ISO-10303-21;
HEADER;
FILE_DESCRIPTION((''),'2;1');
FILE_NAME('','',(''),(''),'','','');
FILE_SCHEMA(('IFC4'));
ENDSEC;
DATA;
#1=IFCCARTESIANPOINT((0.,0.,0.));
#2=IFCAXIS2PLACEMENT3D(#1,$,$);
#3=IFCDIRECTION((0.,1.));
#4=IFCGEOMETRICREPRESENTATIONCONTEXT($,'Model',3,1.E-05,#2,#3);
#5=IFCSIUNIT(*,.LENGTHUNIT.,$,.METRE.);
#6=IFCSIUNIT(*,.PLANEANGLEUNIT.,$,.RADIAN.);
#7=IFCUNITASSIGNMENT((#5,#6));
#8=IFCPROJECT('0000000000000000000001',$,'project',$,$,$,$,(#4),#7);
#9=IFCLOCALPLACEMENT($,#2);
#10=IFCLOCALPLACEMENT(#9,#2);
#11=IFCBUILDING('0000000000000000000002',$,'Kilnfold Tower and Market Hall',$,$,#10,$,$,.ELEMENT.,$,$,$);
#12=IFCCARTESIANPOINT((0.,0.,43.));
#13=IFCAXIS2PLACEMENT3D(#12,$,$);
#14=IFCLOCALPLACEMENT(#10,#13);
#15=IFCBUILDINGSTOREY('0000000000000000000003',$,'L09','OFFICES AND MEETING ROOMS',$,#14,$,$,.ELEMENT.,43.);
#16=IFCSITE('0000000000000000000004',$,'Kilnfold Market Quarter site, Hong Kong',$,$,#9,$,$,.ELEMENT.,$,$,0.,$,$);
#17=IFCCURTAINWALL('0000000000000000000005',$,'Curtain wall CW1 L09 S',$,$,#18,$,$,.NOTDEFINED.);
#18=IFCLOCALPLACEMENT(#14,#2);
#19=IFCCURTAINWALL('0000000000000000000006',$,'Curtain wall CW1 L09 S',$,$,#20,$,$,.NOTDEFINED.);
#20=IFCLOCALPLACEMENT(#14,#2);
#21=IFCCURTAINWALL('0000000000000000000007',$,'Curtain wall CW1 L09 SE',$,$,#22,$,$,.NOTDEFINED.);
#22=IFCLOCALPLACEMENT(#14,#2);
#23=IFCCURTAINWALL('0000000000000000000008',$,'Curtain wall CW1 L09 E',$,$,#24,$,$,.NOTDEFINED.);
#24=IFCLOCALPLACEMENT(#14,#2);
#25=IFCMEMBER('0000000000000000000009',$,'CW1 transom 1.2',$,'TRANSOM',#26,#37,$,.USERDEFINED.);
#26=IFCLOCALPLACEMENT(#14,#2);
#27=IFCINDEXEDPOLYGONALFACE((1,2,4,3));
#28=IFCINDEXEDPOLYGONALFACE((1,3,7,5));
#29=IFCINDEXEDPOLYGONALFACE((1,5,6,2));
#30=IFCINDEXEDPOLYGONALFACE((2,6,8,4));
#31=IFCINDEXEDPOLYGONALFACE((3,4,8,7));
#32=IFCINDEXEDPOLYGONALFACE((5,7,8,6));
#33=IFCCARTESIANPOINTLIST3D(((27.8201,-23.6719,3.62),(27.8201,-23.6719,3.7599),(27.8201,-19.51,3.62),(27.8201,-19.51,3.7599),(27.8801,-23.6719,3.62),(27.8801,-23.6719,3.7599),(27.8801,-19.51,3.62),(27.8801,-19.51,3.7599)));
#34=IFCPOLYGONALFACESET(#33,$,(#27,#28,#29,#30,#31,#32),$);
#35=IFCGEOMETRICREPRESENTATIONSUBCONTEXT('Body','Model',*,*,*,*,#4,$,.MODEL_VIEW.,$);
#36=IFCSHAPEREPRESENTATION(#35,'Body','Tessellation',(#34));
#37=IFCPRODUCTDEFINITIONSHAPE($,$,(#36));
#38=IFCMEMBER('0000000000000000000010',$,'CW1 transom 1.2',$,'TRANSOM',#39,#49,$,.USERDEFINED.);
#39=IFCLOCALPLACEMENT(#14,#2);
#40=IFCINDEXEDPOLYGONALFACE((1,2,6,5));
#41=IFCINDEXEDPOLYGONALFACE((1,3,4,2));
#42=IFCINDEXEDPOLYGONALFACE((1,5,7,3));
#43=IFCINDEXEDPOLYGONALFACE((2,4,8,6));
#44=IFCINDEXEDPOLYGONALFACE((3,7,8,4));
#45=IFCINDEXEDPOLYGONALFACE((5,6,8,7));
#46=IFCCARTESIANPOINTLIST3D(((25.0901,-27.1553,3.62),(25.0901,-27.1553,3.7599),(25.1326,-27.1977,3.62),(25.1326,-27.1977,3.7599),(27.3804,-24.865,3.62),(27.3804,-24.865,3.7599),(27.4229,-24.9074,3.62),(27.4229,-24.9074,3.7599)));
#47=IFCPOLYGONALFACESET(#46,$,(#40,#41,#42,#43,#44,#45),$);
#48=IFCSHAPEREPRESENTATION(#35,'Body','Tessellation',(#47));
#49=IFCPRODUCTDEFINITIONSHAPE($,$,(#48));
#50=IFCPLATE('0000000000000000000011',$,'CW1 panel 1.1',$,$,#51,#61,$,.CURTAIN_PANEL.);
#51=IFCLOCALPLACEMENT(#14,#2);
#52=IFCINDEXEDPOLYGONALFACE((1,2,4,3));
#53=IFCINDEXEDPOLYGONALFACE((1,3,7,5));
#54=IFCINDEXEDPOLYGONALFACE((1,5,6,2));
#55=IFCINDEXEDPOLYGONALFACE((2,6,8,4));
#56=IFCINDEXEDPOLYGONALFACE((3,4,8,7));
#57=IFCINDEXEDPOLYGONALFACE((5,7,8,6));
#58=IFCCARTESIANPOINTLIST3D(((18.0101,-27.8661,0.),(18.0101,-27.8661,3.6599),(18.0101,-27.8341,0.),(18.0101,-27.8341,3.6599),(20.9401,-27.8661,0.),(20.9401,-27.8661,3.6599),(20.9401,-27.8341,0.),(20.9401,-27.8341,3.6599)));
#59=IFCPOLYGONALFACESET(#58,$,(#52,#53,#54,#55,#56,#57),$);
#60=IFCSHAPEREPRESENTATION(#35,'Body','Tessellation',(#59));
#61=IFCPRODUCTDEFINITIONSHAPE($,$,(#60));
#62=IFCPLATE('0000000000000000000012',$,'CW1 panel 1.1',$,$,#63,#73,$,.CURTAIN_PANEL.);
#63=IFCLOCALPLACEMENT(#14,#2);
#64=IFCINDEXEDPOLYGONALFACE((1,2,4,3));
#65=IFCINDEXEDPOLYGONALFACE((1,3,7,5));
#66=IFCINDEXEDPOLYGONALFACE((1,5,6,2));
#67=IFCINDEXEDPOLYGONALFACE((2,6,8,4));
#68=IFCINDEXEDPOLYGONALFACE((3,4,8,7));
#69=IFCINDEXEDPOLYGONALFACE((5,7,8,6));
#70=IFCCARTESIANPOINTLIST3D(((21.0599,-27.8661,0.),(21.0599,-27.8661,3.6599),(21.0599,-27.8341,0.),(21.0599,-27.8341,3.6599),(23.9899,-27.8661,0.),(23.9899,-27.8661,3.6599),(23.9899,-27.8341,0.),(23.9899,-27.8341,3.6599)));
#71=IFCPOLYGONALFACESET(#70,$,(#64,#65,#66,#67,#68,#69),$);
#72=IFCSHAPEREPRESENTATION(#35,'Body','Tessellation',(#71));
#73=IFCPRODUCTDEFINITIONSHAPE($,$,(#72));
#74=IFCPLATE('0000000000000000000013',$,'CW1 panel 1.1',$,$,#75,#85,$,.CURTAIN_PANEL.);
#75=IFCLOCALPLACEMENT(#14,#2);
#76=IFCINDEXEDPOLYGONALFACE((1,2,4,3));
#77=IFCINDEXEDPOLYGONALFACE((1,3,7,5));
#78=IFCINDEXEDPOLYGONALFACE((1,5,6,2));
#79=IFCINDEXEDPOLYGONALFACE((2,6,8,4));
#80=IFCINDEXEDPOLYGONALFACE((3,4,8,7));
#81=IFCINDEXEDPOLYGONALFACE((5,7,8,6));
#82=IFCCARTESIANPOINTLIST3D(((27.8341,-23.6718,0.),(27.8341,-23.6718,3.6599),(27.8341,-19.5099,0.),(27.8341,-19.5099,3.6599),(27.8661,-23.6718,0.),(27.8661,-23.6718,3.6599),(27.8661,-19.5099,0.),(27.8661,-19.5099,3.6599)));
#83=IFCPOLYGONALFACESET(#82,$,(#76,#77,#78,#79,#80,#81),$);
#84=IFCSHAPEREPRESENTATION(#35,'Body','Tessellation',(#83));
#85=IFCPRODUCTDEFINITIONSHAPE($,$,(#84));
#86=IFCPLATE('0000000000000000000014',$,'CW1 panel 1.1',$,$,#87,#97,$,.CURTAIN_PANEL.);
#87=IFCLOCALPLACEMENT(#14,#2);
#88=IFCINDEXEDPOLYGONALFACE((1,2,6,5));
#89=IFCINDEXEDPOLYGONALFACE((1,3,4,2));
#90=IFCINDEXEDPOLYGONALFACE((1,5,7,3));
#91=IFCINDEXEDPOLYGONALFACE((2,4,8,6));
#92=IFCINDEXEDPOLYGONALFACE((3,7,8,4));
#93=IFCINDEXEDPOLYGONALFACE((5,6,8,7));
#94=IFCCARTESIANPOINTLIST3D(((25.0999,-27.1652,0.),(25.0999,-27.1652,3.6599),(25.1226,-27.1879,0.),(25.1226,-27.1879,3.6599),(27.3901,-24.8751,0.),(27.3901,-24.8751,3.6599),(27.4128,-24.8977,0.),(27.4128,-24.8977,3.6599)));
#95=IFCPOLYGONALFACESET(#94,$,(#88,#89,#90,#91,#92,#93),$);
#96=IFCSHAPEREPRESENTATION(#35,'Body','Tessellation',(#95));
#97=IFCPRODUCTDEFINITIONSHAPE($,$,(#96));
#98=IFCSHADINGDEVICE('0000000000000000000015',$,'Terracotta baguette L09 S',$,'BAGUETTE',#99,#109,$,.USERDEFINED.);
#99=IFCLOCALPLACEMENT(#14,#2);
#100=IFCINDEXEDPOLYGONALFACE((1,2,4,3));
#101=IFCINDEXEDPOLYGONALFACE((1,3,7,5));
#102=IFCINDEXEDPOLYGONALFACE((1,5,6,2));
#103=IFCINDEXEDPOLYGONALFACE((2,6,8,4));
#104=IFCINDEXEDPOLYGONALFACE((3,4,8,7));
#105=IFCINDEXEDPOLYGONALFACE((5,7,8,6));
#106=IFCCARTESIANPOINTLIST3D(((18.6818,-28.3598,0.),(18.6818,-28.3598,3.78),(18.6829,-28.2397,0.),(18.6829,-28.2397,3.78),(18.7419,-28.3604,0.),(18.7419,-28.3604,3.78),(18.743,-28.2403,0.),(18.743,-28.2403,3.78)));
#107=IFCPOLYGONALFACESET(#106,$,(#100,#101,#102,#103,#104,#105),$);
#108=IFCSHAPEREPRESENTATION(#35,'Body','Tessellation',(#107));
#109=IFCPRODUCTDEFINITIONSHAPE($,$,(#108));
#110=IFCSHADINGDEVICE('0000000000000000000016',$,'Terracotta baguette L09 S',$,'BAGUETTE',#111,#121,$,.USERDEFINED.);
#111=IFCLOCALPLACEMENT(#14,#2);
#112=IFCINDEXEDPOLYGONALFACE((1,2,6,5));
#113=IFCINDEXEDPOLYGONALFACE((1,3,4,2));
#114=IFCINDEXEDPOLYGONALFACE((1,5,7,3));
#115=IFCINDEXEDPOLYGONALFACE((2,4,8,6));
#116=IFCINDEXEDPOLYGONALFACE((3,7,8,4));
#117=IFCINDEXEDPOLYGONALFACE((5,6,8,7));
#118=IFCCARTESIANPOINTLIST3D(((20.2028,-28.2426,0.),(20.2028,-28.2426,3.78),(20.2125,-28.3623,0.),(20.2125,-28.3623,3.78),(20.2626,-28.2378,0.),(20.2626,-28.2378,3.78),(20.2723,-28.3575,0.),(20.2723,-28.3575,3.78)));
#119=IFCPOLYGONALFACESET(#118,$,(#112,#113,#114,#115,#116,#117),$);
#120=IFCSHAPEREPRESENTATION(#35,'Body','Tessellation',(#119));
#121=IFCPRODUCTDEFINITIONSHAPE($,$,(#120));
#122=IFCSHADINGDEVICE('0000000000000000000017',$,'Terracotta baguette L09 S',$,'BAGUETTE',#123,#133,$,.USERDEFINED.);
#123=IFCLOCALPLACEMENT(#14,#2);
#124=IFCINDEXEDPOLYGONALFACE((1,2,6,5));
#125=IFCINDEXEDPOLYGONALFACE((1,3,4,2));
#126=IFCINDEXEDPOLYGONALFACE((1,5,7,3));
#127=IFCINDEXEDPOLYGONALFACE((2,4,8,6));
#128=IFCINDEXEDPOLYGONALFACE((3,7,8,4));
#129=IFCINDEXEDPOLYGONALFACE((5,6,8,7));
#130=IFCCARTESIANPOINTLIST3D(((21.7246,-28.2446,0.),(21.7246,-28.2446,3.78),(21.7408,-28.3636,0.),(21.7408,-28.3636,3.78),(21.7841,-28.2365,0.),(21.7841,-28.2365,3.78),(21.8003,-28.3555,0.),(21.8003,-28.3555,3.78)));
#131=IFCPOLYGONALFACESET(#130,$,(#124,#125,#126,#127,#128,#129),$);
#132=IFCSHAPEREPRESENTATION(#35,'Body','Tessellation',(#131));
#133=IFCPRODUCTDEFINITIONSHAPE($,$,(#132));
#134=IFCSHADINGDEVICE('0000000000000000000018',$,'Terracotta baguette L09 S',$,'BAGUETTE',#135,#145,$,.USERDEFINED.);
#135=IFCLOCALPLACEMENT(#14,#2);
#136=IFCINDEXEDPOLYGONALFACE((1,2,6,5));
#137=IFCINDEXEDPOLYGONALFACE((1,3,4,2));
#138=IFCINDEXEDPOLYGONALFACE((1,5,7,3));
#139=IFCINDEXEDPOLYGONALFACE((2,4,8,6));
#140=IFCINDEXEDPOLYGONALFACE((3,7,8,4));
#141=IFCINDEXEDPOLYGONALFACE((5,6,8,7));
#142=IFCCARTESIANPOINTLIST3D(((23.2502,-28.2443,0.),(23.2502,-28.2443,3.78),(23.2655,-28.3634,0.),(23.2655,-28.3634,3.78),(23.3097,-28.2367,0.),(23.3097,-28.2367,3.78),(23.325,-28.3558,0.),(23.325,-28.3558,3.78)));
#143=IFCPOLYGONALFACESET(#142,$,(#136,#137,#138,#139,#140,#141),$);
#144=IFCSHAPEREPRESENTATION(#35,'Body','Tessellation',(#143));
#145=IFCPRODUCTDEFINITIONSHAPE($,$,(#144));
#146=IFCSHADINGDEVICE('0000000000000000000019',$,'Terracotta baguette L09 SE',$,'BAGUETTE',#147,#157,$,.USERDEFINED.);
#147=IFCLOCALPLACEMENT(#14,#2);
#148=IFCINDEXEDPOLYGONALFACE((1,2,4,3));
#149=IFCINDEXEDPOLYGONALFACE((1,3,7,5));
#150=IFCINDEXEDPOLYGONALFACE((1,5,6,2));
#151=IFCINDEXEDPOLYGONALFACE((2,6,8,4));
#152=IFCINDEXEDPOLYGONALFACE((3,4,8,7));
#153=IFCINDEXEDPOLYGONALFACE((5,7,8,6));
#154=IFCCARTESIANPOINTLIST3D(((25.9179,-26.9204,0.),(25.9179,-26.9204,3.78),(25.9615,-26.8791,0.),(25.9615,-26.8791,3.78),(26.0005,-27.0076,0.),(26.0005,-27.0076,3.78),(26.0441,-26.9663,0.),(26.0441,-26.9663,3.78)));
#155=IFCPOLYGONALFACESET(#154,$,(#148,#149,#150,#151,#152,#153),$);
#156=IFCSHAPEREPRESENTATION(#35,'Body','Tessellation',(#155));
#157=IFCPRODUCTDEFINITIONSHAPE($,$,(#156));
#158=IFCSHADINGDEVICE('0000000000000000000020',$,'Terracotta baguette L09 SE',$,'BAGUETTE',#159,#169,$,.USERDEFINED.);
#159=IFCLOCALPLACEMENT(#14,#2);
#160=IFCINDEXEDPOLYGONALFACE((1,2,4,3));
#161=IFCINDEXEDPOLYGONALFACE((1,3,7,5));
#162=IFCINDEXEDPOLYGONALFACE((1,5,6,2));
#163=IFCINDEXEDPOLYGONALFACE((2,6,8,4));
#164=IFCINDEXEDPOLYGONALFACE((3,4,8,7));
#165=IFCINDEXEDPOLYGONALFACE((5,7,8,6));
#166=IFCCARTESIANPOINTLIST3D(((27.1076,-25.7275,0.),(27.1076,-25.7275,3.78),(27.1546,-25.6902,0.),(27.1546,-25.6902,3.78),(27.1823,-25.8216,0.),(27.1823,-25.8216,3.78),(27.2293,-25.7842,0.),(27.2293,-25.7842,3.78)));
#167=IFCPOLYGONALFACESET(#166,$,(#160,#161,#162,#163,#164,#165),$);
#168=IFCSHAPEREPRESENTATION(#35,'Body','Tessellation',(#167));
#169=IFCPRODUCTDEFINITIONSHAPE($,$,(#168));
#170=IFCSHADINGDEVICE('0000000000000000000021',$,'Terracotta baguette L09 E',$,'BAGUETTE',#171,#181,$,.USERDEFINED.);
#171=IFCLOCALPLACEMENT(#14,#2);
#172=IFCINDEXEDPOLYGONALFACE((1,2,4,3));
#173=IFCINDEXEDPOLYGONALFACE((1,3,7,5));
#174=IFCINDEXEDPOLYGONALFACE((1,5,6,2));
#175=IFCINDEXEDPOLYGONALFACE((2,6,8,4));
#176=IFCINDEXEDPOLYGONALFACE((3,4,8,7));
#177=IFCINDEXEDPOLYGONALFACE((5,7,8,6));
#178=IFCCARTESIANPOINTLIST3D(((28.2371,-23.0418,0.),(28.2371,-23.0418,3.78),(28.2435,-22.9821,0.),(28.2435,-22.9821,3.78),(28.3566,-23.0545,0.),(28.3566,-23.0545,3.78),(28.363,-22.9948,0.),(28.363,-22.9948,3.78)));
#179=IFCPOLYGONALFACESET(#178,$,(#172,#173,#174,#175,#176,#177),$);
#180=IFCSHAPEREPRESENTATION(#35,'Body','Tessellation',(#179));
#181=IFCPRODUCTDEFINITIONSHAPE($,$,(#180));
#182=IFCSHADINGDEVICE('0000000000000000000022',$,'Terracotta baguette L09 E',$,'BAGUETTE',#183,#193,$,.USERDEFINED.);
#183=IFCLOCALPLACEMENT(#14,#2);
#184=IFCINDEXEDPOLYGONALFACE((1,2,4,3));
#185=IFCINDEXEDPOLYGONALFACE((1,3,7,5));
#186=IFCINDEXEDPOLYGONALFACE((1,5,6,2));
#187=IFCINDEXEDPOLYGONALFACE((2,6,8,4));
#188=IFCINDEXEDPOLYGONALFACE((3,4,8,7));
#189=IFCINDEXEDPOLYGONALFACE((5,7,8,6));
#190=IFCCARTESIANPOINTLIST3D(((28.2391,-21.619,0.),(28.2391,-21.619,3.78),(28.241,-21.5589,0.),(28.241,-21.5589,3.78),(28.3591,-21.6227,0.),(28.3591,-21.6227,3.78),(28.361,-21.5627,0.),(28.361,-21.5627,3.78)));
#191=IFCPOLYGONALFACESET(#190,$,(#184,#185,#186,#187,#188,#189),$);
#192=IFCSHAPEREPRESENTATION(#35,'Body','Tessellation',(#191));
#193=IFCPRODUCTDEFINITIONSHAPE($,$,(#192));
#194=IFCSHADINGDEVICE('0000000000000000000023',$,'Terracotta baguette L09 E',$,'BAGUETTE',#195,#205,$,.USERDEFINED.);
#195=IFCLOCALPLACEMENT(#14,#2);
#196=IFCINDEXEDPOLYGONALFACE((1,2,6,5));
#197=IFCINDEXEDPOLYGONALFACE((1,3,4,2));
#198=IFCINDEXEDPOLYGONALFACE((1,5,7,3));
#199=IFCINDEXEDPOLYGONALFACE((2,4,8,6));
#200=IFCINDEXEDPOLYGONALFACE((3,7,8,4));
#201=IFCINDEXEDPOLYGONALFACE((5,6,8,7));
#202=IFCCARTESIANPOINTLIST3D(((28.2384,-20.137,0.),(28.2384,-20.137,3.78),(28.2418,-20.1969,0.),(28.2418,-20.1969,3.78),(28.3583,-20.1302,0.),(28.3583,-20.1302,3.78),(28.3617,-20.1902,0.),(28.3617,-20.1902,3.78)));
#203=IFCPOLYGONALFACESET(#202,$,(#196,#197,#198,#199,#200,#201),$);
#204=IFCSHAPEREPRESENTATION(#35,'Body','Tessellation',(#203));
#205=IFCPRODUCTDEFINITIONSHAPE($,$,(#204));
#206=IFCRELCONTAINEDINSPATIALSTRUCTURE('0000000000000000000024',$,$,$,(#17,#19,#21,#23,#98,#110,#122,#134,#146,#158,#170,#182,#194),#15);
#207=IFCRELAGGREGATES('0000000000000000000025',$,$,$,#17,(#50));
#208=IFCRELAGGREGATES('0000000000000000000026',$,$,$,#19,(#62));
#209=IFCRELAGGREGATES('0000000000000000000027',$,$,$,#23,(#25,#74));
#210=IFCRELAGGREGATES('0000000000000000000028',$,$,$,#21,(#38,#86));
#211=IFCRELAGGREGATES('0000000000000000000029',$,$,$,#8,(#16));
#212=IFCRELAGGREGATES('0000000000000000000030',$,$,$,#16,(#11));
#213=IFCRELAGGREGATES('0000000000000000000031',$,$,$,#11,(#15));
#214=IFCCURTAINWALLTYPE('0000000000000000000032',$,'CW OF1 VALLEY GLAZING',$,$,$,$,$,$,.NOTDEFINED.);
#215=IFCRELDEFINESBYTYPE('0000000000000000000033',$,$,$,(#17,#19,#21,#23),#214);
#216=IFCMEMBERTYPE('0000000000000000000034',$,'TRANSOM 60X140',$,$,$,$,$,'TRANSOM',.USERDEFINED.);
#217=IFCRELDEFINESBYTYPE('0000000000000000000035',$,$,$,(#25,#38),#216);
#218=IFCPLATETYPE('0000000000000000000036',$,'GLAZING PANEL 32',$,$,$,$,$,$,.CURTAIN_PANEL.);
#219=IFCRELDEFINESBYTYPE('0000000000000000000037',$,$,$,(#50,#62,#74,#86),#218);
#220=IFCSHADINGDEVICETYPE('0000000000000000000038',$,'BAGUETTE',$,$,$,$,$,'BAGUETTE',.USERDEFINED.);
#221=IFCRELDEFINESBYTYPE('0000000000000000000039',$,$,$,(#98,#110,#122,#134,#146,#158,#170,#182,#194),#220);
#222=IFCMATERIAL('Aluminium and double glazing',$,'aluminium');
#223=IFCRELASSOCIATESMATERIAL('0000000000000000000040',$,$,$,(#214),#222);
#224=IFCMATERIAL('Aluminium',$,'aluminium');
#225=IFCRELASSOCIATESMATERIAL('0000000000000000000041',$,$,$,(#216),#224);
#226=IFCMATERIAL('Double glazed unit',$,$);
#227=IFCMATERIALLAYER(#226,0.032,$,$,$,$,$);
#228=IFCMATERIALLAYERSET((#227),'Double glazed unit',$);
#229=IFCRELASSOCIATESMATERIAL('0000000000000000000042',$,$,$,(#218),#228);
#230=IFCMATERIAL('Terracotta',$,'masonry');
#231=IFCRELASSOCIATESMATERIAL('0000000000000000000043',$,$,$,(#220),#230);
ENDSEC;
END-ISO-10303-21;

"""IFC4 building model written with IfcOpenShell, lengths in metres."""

from ifc_helpers import new_model, si_unit, direction, frame, origin, origin_2d, place, context, subcontext, project, spatial, rectangle, extrude, source, transform, mapped, material, layer, layer_set, material_profile, profile_set, type_object, element, aggregate, save


model = new_model("IFC4")

# Units and contexts
model_context = context("Model", 3, precision=1e-05, world=origin(), true_north=direction((0.0, 1.0)))
body_context = subcontext(model_context, "Body", "Model", "MODEL_VIEW")
ifc_project = project(units=[si_unit("LENGTHUNIT", "METRE"), si_unit("PLANEANGLEUNIT", "RADIAN")], contexts=[model_context])

# Site, building, storey
site_placement = place(None, origin())
site = spatial("IfcSite", under=ifc_project, at=site_placement, Name="Kilnfold Market Quarter site, Hong Kong", CompositionType="ELEMENT", RefElevation=0.0)
building_placement = place(site_placement, origin())
building = spatial("IfcBuilding", under=site, at=building_placement, Name="Kilnfold Tower and Market Hall", CompositionType="ELEMENT")
storey_placement = place(building_placement, frame((0.0, 0.0, 43.0)))
storey = spatial("IfcBuildingStorey", under=building, at=storey_placement, Name="L09", Description="OFFICES AND MEETING ROOMS", CompositionType="ELEMENT", Elevation=43.0)

# Curtain walls
ifc_material_1 = material(Name="Aluminium and double glazing", Category="aluminium")
curtain_wall_type = type_object("IfcCurtainWallType", Name="CW OF1 VALLEY GLAZING", PredefinedType="NOTDEFINED", material=ifc_material_1)
curtain_wall_1_placement = place(storey_placement, origin())
curtain_wall_1 = element("IfcCurtainWall", 1, at=curtain_wall_1_placement, inside=storey, type_object=curtain_wall_type, Name="Curtain wall CW1 L09 S", PredefinedType="NOTDEFINED")
curtain_wall_2_placement = place(storey_placement, origin())
curtain_wall_2 = element("IfcCurtainWall", 2, at=curtain_wall_2_placement, inside=storey, type_object=curtain_wall_type, Name="Curtain wall CW1 L09 S", PredefinedType="NOTDEFINED")
curtain_wall_3_placement = place(storey_placement, origin())
curtain_wall_3 = element("IfcCurtainWall", 3, at=curtain_wall_3_placement, inside=storey, type_object=curtain_wall_type, Name="Curtain wall CW1 L09 SE", PredefinedType="NOTDEFINED")
curtain_wall_4_placement = place(storey_placement, origin())
curtain_wall_4 = element("IfcCurtainWall", 4, at=curtain_wall_4_placement, inside=storey, type_object=curtain_wall_type, Name="Curtain wall CW1 L09 E", PredefinedType="NOTDEFINED")

# Members
ifc_material_2 = material(Name="Aluminium", Category="aluminium")
ifc_material_profile_1 = material_profile(ifc_material_2, rectangle(XDim=0.0601, YDim=0.1399, at=origin_2d()), Name="TRANSOM 60x140")
ifc_profile_set_1 = profile_set([ifc_material_profile_1], Name="Aluminium")
member_type_1 = type_object("IfcMemberType", Name="TRANSOM 60X140", ElementType="TRANSOM", PredefinedType="USERDEFINED", material=ifc_profile_set_1)
shared_shape_1 = source(origin(), body_context, "Body", "SweptSolid", [
    extrude(rectangle(XDim=0.0601, YDim=0.1399, at=origin_2d()), origin(), (0.0, 0.0, 1.0), 4.1619),
])
member_1_placement = place(storey_placement, frame((27.8501, -23.6719, 3.6899), z_axis=(0.0, 1.0, 0.0), x_axis=(-1.0, 0.0, 0.0)))
member_1 = element("IfcMember", 5, at=member_1_placement, type_object=member_type_1, Name="CW1 transom 1.2", ObjectType="TRANSOM", PredefinedType="USERDEFINED", context=body_context, shape_type="MappedRepresentation", body=[
    mapped(shared_shape_1, transform((0.0, 0.0, 0.0))),
])
shared_shape_2 = source(origin(), body_context, "Body", "SweptSolid", [
    extrude(rectangle(XDim=0.0601, YDim=0.1399, at=origin_2d()), origin(), (0.0, 0.0, 1.0), 3.239),
])
member_2_placement = place(storey_placement, frame((25.1113, -27.1765, 3.6899), z_axis=(0.707107, 0.707107, 0.0), x_axis=(-0.707107, 0.707107, 0.0)))
member_2 = element("IfcMember", 6, at=member_2_placement, type_object=member_type_1, Name="CW1 transom 1.2", ObjectType="TRANSOM", PredefinedType="USERDEFINED", context=body_context, shape_type="MappedRepresentation", body=[
    mapped(shared_shape_2, transform((0.0, 0.0, 0.0))),
])

# Plates
ifc_material_3 = material(Name="Double glazed unit")
ifc_layer = layer(ifc_material_3, 0.032)
ifc_layer_set = layer_set([ifc_layer], Name="Double glazed unit")
plate_type = type_object("IfcPlateType", Name="GLAZING PANEL 32", PredefinedType="CURTAIN_PANEL", material=ifc_layer_set)
shared_shape_3 = source(origin(), body_context, "Body", "SweptSolid", [
    extrude(rectangle(XDim=2.9299, YDim=0.032, at=origin_2d()), origin(), (0.0, 0.0, 1.0), 3.6599),
])
plate_1_placement = place(storey_placement, frame((19.4751, -27.8501, 0.0), z_axis=(0.0, 0.0, 1.0), x_axis=(1.0, 0.0, 0.0)))
plate_1 = element("IfcPlate", 7, at=plate_1_placement, type_object=plate_type, Name="CW1 panel 1.1", PredefinedType="CURTAIN_PANEL", context=body_context, shape_type="MappedRepresentation", body=[
    mapped(shared_shape_3, transform((0.0, 0.0, 0.0))),
])
aggregate(curtain_wall_1, [plate_1])
plate_2_placement = place(storey_placement, frame((22.5249, -27.8501, 0.0), z_axis=(0.0, 0.0, 1.0), x_axis=(1.0, 0.0, 0.0)))
plate_2 = element("IfcPlate", 8, at=plate_2_placement, type_object=plate_type, Name="CW1 panel 1.1", PredefinedType="CURTAIN_PANEL", context=body_context, shape_type="MappedRepresentation", body=[
    mapped(shared_shape_3, transform((0.0, 0.0, 0.0))),
])
aggregate(curtain_wall_2, [plate_2])
shared_shape_4 = source(origin(), body_context, "Body", "SweptSolid", [
    extrude(rectangle(XDim=4.1619, YDim=0.032, at=origin_2d()), origin(), (0.0, 0.0, 1.0), 3.6599),
])
plate_3_placement = place(storey_placement, frame((27.8501, -21.5908, 0.0), z_axis=(0.0, 0.0, 1.0), x_axis=(0.0, 1.0, 0.0)))
plate_3 = element("IfcPlate", 9, at=plate_3_placement, type_object=plate_type, Name="CW1 panel 1.1", PredefinedType="CURTAIN_PANEL", context=body_context, shape_type="MappedRepresentation", body=[
    mapped(shared_shape_4, transform((0.0, 0.0, 0.0))),
])
aggregate(curtain_wall_4, [member_1, plate_3])
shared_shape_5 = source(origin(), body_context, "Body", "SweptSolid", [
    extrude(rectangle(XDim=3.2388, YDim=0.032, at=origin_2d()), origin(), (0.0, 0.0, 1.0), 3.6599),
])
plate_4_placement = place(storey_placement, frame((26.2563, -26.0315, 0.0), z_axis=(0.0, 0.0, 1.0), x_axis=(0.707122, 0.707092, 0.0)))
plate_4 = element("IfcPlate", 10, at=plate_4_placement, type_object=plate_type, Name="CW1 panel 1.1", PredefinedType="CURTAIN_PANEL", context=body_context, shape_type="MappedRepresentation", body=[
    mapped(shared_shape_5, transform((0.0, 0.0, 0.0))),
])
aggregate(curtain_wall_3, [member_2, plate_4])

# Shading devices
ifc_material_4 = material(Name="Terracotta", Category="masonry")
ifc_material_profile_2 = material_profile(ifc_material_4, rectangle(XDim=0.0601, YDim=0.1201, at=origin_2d()), Name="BAG 60x120")
ifc_profile_set_2 = profile_set([ifc_material_profile_2], Name="Terracotta")
shading_device_type = type_object("IfcShadingDeviceType", Name="BAGUETTE", ElementType="BAGUETTE", PredefinedType="USERDEFINED", material=ifc_profile_set_2)
shared_shape_6 = source(origin(), body_context, "Body", "SweptSolid", [
    extrude(rectangle(XDim=0.0601, YDim=0.1201, at=origin_2d()), origin(), (0.0, 0.0, 1.0), 3.78),
])
for number, where, z_axis, x_axis, name in (
    (11, (18.7124, -28.3, 0.0), (0.0, 0.0, 1.0), (0.999958, -0.00911, 0.0), "Terracotta baguette L09 S"),
    (12, (20.2375, -28.3, 0.0), (0.0, 0.0, 1.0), (0.996719, 0.080938, 0.0), "Terracotta baguette L09 S"),
    (13, (21.7625, -28.3, 0.0), (0.0, 0.0, 1.0), (0.990946, 0.134263, 0.0), "Terracotta baguette L09 S"),
    (14, (23.2876, -28.3, 0.0), (0.0, 0.0, 1.0), (0.991863, 0.127307, 0.0), "Terracotta baguette L09 S"),
    (15, (25.981, -26.9434, 0.0), (0.0, 0.0, 1.0), (0.726053, 0.687639, 0.0), "Terracotta baguette L09 SE"),
    (16, (27.1685, -25.7559, 0.0), (0.0, 0.0, 1.0), (0.782664, 0.622445, 0.0), "Terracotta baguette L09 SE"),
    (17, (28.3, -23.0183, 0.0), (0.0, 0.0, 1.0), (0.106032, 0.994363, 0.0), "Terracotta baguette L09 E"),
    (18, (28.3, -21.5908, 0.0), (0.0, 0.0, 1.0), (0.031013, 0.999519, 0.0), "Terracotta baguette L09 E"),
    (19, (28.3, -20.1636, 0.0), (0.0, 0.0, 1.0), (-0.056463, 0.998405, 0.0), "Terracotta baguette L09 E"),
):
    element("IfcShadingDevice", number, at=place(storey_placement, frame(where, z_axis=z_axis, x_axis=x_axis)), inside=storey, type_object=shading_device_type, Name=name, ObjectType="BAGUETTE", PredefinedType="USERDEFINED", context=body_context, shape_type="MappedRepresentation", body=[
        mapped(shared_shape_6, transform((0.0, 0.0, 0.0))),
    ])

save(model, "model.ifc")
